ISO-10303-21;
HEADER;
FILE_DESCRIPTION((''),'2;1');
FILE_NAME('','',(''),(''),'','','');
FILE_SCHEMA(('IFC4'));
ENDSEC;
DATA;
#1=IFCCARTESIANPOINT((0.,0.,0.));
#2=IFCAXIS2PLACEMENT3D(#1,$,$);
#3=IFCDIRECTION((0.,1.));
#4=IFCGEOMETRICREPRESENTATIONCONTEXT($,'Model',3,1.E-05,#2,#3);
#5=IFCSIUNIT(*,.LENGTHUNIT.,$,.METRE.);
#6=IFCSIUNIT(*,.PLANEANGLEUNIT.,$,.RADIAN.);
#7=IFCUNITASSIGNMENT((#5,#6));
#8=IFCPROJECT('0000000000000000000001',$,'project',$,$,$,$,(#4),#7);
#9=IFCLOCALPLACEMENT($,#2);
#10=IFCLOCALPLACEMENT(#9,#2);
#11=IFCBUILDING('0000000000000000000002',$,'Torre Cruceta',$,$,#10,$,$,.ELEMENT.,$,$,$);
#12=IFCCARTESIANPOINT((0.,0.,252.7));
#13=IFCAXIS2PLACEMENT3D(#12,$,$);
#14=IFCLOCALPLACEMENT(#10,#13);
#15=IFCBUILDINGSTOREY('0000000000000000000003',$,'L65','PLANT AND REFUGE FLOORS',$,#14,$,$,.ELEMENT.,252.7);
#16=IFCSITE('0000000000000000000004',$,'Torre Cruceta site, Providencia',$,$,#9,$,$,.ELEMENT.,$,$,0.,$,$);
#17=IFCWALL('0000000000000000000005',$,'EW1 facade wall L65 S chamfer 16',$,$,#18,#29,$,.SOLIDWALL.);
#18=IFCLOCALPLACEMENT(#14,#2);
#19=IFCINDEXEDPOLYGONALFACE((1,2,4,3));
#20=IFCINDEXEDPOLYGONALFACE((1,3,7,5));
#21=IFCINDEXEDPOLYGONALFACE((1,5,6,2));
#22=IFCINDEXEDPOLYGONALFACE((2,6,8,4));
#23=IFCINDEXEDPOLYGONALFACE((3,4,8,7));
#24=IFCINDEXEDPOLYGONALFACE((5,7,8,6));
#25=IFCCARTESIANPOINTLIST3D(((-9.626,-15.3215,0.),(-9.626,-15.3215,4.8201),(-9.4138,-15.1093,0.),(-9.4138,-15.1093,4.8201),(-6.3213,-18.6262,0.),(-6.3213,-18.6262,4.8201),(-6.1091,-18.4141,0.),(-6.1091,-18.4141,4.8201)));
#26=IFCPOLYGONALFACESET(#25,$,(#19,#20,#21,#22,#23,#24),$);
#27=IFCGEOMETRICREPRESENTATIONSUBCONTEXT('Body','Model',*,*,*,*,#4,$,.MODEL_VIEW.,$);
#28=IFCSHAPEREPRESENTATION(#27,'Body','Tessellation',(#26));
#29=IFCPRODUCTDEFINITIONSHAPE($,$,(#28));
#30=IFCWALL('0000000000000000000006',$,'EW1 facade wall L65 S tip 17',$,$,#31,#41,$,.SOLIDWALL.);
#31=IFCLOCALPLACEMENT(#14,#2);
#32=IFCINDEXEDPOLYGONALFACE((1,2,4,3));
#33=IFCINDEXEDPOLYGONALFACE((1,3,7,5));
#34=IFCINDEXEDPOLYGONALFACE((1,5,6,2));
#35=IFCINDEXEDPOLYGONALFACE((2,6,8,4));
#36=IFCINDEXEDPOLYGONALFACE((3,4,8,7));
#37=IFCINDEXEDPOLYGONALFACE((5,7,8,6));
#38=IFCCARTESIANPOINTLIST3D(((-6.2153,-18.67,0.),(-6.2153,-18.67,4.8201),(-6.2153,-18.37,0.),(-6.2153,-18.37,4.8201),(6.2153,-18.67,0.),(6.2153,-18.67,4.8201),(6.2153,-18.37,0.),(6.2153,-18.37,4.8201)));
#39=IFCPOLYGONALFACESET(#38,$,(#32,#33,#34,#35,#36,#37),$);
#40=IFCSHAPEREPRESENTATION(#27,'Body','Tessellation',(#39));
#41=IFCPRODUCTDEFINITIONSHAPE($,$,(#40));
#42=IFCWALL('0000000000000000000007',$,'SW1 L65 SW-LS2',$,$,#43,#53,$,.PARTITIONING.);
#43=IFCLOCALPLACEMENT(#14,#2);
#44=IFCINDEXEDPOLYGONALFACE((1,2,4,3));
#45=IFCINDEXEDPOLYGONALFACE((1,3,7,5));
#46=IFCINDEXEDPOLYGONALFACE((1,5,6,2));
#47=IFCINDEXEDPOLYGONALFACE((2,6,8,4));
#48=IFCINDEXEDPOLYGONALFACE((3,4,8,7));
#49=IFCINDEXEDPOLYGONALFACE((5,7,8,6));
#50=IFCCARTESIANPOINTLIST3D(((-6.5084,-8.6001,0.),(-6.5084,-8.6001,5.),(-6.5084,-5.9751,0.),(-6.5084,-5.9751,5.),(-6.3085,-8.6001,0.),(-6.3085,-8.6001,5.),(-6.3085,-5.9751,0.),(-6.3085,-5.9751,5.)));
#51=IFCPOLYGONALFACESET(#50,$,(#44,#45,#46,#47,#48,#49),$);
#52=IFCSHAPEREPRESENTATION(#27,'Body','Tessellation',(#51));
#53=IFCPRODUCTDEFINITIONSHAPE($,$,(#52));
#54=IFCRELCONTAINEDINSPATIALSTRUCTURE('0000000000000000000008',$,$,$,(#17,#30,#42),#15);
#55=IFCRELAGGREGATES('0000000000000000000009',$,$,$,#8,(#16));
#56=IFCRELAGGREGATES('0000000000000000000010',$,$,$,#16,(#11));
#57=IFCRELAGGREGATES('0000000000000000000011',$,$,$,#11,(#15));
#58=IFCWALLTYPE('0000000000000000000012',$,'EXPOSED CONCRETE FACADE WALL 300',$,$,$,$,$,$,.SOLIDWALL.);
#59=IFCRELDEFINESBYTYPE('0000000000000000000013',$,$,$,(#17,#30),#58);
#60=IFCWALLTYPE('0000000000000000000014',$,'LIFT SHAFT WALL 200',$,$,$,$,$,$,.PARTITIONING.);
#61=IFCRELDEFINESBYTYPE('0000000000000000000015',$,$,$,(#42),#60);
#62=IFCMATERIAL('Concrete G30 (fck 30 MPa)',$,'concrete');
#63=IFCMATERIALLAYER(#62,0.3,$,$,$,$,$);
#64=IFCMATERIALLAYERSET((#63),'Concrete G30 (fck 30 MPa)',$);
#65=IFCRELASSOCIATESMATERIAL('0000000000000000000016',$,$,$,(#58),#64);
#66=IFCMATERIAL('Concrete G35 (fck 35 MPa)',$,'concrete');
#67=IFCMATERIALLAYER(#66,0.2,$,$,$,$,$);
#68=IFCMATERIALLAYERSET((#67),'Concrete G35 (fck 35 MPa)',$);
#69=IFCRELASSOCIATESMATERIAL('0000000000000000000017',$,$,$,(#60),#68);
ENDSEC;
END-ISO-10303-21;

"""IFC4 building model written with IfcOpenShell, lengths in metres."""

from ifc_helpers import new_model, si_unit, direction, frame, frame_2d, origin, place, context, subcontext, project, spatial, rectangle, extrude, material, layer, layer_set, type_object, element, save


model = new_model("IFC4")

# Units and contexts
model_context = context("Model", 3, precision=1e-05, world=origin(), true_north=direction((0.0, 1.0)))
body_context = subcontext(model_context, "Body", "Model", "MODEL_VIEW")
ifc_project = project(units=[si_unit("LENGTHUNIT", "METRE"), si_unit("PLANEANGLEUNIT", "RADIAN")], contexts=[model_context])

# Site, building, storey
site_placement = place(None, origin())
site = spatial("IfcSite", under=ifc_project, at=site_placement, Name="Torre Cruceta site, Providencia", CompositionType="ELEMENT", RefElevation=0.0)
building_placement = place(site_placement, origin())
building = spatial("IfcBuilding", under=site, at=building_placement, Name="Torre Cruceta", CompositionType="ELEMENT")
storey_placement = place(building_placement, frame((0.0, 0.0, 252.7)))
storey = spatial("IfcBuildingStorey", under=building, at=storey_placement, Name="L65", Description="PLANT AND REFUGE FLOORS", CompositionType="ELEMENT", Elevation=252.7)

# Walls
ifc_material_1 = material(Name="Concrete G30 (fck 30 MPa)", Category="concrete")
ifc_layer_1 = layer(ifc_material_1, 0.3)
ifc_layer_set_1 = layer_set([ifc_layer_1], Name="Concrete G30 (fck 30 MPa)")
wall_type_1 = type_object("IfcWallType", Name="EXPOSED CONCRETE FACADE WALL 300", PredefinedType="SOLIDWALL", material=ifc_layer_set_1)
wall_1_placement = place(storey_placement, frame((-9.52, -15.2153, 0.0), z_axis=(0.0, 0.0, 1.0), x_axis=(0.707107, -0.707107, 0.0)))
element("IfcWall", 1, at=wall_1_placement, inside=storey, type_object=wall_type_1, Name="EW1 facade wall L65 S chamfer 16", PredefinedType="SOLIDWALL", context=body_context, shape_type="SweptSolid", body=[
    extrude(rectangle(XDim=4.6736, YDim=0.3, at=frame_2d((2.3369, 0.0))), origin(), (0.0, 0.0, 1.0), 4.8201),
])
wall_2_placement = place(storey_placement, frame((-6.2153, -18.52, 0.0), z_axis=(0.0, 0.0, 1.0), x_axis=(1.0, 0.0, 0.0)))
element("IfcWall", 2, at=wall_2_placement, inside=storey, type_object=wall_type_1, Name="EW1 facade wall L65 S tip 17", PredefinedType="SOLIDWALL", context=body_context, shape_type="SweptSolid", body=[
    extrude(rectangle(XDim=12.4307, YDim=0.3, at=frame_2d((6.2153, 0.0))), origin(), (0.0, 0.0, 1.0), 4.8201),
])
ifc_material_2 = material(Name="Concrete G35 (fck 35 MPa)", Category="concrete")
ifc_layer_2 = layer(ifc_material_2, 0.2)
ifc_layer_set_2 = layer_set([ifc_layer_2], Name="Concrete G35 (fck 35 MPa)")
wall_type_2 = type_object("IfcWallType", Name="LIFT SHAFT WALL 200", PredefinedType="PARTITIONING", material=ifc_layer_set_2)
wall_3_placement = place(storey_placement, frame((-6.4084, -5.9751, 0.0), z_axis=(0.0, 0.0, 1.0), x_axis=(0.0, -1.0, 0.0)))
element("IfcWall", 3, at=wall_3_placement, inside=storey, type_object=wall_type_2, Name="SW1 L65 SW-LS2", PredefinedType="PARTITIONING", context=body_context, shape_type="SweptSolid", body=[
    extrude(rectangle(XDim=2.625, YDim=0.2, at=frame_2d((1.3125, 0.0))), origin(), (0.0, 0.0, 1.0), 5.0),
])

save(model, "model.ifc")
